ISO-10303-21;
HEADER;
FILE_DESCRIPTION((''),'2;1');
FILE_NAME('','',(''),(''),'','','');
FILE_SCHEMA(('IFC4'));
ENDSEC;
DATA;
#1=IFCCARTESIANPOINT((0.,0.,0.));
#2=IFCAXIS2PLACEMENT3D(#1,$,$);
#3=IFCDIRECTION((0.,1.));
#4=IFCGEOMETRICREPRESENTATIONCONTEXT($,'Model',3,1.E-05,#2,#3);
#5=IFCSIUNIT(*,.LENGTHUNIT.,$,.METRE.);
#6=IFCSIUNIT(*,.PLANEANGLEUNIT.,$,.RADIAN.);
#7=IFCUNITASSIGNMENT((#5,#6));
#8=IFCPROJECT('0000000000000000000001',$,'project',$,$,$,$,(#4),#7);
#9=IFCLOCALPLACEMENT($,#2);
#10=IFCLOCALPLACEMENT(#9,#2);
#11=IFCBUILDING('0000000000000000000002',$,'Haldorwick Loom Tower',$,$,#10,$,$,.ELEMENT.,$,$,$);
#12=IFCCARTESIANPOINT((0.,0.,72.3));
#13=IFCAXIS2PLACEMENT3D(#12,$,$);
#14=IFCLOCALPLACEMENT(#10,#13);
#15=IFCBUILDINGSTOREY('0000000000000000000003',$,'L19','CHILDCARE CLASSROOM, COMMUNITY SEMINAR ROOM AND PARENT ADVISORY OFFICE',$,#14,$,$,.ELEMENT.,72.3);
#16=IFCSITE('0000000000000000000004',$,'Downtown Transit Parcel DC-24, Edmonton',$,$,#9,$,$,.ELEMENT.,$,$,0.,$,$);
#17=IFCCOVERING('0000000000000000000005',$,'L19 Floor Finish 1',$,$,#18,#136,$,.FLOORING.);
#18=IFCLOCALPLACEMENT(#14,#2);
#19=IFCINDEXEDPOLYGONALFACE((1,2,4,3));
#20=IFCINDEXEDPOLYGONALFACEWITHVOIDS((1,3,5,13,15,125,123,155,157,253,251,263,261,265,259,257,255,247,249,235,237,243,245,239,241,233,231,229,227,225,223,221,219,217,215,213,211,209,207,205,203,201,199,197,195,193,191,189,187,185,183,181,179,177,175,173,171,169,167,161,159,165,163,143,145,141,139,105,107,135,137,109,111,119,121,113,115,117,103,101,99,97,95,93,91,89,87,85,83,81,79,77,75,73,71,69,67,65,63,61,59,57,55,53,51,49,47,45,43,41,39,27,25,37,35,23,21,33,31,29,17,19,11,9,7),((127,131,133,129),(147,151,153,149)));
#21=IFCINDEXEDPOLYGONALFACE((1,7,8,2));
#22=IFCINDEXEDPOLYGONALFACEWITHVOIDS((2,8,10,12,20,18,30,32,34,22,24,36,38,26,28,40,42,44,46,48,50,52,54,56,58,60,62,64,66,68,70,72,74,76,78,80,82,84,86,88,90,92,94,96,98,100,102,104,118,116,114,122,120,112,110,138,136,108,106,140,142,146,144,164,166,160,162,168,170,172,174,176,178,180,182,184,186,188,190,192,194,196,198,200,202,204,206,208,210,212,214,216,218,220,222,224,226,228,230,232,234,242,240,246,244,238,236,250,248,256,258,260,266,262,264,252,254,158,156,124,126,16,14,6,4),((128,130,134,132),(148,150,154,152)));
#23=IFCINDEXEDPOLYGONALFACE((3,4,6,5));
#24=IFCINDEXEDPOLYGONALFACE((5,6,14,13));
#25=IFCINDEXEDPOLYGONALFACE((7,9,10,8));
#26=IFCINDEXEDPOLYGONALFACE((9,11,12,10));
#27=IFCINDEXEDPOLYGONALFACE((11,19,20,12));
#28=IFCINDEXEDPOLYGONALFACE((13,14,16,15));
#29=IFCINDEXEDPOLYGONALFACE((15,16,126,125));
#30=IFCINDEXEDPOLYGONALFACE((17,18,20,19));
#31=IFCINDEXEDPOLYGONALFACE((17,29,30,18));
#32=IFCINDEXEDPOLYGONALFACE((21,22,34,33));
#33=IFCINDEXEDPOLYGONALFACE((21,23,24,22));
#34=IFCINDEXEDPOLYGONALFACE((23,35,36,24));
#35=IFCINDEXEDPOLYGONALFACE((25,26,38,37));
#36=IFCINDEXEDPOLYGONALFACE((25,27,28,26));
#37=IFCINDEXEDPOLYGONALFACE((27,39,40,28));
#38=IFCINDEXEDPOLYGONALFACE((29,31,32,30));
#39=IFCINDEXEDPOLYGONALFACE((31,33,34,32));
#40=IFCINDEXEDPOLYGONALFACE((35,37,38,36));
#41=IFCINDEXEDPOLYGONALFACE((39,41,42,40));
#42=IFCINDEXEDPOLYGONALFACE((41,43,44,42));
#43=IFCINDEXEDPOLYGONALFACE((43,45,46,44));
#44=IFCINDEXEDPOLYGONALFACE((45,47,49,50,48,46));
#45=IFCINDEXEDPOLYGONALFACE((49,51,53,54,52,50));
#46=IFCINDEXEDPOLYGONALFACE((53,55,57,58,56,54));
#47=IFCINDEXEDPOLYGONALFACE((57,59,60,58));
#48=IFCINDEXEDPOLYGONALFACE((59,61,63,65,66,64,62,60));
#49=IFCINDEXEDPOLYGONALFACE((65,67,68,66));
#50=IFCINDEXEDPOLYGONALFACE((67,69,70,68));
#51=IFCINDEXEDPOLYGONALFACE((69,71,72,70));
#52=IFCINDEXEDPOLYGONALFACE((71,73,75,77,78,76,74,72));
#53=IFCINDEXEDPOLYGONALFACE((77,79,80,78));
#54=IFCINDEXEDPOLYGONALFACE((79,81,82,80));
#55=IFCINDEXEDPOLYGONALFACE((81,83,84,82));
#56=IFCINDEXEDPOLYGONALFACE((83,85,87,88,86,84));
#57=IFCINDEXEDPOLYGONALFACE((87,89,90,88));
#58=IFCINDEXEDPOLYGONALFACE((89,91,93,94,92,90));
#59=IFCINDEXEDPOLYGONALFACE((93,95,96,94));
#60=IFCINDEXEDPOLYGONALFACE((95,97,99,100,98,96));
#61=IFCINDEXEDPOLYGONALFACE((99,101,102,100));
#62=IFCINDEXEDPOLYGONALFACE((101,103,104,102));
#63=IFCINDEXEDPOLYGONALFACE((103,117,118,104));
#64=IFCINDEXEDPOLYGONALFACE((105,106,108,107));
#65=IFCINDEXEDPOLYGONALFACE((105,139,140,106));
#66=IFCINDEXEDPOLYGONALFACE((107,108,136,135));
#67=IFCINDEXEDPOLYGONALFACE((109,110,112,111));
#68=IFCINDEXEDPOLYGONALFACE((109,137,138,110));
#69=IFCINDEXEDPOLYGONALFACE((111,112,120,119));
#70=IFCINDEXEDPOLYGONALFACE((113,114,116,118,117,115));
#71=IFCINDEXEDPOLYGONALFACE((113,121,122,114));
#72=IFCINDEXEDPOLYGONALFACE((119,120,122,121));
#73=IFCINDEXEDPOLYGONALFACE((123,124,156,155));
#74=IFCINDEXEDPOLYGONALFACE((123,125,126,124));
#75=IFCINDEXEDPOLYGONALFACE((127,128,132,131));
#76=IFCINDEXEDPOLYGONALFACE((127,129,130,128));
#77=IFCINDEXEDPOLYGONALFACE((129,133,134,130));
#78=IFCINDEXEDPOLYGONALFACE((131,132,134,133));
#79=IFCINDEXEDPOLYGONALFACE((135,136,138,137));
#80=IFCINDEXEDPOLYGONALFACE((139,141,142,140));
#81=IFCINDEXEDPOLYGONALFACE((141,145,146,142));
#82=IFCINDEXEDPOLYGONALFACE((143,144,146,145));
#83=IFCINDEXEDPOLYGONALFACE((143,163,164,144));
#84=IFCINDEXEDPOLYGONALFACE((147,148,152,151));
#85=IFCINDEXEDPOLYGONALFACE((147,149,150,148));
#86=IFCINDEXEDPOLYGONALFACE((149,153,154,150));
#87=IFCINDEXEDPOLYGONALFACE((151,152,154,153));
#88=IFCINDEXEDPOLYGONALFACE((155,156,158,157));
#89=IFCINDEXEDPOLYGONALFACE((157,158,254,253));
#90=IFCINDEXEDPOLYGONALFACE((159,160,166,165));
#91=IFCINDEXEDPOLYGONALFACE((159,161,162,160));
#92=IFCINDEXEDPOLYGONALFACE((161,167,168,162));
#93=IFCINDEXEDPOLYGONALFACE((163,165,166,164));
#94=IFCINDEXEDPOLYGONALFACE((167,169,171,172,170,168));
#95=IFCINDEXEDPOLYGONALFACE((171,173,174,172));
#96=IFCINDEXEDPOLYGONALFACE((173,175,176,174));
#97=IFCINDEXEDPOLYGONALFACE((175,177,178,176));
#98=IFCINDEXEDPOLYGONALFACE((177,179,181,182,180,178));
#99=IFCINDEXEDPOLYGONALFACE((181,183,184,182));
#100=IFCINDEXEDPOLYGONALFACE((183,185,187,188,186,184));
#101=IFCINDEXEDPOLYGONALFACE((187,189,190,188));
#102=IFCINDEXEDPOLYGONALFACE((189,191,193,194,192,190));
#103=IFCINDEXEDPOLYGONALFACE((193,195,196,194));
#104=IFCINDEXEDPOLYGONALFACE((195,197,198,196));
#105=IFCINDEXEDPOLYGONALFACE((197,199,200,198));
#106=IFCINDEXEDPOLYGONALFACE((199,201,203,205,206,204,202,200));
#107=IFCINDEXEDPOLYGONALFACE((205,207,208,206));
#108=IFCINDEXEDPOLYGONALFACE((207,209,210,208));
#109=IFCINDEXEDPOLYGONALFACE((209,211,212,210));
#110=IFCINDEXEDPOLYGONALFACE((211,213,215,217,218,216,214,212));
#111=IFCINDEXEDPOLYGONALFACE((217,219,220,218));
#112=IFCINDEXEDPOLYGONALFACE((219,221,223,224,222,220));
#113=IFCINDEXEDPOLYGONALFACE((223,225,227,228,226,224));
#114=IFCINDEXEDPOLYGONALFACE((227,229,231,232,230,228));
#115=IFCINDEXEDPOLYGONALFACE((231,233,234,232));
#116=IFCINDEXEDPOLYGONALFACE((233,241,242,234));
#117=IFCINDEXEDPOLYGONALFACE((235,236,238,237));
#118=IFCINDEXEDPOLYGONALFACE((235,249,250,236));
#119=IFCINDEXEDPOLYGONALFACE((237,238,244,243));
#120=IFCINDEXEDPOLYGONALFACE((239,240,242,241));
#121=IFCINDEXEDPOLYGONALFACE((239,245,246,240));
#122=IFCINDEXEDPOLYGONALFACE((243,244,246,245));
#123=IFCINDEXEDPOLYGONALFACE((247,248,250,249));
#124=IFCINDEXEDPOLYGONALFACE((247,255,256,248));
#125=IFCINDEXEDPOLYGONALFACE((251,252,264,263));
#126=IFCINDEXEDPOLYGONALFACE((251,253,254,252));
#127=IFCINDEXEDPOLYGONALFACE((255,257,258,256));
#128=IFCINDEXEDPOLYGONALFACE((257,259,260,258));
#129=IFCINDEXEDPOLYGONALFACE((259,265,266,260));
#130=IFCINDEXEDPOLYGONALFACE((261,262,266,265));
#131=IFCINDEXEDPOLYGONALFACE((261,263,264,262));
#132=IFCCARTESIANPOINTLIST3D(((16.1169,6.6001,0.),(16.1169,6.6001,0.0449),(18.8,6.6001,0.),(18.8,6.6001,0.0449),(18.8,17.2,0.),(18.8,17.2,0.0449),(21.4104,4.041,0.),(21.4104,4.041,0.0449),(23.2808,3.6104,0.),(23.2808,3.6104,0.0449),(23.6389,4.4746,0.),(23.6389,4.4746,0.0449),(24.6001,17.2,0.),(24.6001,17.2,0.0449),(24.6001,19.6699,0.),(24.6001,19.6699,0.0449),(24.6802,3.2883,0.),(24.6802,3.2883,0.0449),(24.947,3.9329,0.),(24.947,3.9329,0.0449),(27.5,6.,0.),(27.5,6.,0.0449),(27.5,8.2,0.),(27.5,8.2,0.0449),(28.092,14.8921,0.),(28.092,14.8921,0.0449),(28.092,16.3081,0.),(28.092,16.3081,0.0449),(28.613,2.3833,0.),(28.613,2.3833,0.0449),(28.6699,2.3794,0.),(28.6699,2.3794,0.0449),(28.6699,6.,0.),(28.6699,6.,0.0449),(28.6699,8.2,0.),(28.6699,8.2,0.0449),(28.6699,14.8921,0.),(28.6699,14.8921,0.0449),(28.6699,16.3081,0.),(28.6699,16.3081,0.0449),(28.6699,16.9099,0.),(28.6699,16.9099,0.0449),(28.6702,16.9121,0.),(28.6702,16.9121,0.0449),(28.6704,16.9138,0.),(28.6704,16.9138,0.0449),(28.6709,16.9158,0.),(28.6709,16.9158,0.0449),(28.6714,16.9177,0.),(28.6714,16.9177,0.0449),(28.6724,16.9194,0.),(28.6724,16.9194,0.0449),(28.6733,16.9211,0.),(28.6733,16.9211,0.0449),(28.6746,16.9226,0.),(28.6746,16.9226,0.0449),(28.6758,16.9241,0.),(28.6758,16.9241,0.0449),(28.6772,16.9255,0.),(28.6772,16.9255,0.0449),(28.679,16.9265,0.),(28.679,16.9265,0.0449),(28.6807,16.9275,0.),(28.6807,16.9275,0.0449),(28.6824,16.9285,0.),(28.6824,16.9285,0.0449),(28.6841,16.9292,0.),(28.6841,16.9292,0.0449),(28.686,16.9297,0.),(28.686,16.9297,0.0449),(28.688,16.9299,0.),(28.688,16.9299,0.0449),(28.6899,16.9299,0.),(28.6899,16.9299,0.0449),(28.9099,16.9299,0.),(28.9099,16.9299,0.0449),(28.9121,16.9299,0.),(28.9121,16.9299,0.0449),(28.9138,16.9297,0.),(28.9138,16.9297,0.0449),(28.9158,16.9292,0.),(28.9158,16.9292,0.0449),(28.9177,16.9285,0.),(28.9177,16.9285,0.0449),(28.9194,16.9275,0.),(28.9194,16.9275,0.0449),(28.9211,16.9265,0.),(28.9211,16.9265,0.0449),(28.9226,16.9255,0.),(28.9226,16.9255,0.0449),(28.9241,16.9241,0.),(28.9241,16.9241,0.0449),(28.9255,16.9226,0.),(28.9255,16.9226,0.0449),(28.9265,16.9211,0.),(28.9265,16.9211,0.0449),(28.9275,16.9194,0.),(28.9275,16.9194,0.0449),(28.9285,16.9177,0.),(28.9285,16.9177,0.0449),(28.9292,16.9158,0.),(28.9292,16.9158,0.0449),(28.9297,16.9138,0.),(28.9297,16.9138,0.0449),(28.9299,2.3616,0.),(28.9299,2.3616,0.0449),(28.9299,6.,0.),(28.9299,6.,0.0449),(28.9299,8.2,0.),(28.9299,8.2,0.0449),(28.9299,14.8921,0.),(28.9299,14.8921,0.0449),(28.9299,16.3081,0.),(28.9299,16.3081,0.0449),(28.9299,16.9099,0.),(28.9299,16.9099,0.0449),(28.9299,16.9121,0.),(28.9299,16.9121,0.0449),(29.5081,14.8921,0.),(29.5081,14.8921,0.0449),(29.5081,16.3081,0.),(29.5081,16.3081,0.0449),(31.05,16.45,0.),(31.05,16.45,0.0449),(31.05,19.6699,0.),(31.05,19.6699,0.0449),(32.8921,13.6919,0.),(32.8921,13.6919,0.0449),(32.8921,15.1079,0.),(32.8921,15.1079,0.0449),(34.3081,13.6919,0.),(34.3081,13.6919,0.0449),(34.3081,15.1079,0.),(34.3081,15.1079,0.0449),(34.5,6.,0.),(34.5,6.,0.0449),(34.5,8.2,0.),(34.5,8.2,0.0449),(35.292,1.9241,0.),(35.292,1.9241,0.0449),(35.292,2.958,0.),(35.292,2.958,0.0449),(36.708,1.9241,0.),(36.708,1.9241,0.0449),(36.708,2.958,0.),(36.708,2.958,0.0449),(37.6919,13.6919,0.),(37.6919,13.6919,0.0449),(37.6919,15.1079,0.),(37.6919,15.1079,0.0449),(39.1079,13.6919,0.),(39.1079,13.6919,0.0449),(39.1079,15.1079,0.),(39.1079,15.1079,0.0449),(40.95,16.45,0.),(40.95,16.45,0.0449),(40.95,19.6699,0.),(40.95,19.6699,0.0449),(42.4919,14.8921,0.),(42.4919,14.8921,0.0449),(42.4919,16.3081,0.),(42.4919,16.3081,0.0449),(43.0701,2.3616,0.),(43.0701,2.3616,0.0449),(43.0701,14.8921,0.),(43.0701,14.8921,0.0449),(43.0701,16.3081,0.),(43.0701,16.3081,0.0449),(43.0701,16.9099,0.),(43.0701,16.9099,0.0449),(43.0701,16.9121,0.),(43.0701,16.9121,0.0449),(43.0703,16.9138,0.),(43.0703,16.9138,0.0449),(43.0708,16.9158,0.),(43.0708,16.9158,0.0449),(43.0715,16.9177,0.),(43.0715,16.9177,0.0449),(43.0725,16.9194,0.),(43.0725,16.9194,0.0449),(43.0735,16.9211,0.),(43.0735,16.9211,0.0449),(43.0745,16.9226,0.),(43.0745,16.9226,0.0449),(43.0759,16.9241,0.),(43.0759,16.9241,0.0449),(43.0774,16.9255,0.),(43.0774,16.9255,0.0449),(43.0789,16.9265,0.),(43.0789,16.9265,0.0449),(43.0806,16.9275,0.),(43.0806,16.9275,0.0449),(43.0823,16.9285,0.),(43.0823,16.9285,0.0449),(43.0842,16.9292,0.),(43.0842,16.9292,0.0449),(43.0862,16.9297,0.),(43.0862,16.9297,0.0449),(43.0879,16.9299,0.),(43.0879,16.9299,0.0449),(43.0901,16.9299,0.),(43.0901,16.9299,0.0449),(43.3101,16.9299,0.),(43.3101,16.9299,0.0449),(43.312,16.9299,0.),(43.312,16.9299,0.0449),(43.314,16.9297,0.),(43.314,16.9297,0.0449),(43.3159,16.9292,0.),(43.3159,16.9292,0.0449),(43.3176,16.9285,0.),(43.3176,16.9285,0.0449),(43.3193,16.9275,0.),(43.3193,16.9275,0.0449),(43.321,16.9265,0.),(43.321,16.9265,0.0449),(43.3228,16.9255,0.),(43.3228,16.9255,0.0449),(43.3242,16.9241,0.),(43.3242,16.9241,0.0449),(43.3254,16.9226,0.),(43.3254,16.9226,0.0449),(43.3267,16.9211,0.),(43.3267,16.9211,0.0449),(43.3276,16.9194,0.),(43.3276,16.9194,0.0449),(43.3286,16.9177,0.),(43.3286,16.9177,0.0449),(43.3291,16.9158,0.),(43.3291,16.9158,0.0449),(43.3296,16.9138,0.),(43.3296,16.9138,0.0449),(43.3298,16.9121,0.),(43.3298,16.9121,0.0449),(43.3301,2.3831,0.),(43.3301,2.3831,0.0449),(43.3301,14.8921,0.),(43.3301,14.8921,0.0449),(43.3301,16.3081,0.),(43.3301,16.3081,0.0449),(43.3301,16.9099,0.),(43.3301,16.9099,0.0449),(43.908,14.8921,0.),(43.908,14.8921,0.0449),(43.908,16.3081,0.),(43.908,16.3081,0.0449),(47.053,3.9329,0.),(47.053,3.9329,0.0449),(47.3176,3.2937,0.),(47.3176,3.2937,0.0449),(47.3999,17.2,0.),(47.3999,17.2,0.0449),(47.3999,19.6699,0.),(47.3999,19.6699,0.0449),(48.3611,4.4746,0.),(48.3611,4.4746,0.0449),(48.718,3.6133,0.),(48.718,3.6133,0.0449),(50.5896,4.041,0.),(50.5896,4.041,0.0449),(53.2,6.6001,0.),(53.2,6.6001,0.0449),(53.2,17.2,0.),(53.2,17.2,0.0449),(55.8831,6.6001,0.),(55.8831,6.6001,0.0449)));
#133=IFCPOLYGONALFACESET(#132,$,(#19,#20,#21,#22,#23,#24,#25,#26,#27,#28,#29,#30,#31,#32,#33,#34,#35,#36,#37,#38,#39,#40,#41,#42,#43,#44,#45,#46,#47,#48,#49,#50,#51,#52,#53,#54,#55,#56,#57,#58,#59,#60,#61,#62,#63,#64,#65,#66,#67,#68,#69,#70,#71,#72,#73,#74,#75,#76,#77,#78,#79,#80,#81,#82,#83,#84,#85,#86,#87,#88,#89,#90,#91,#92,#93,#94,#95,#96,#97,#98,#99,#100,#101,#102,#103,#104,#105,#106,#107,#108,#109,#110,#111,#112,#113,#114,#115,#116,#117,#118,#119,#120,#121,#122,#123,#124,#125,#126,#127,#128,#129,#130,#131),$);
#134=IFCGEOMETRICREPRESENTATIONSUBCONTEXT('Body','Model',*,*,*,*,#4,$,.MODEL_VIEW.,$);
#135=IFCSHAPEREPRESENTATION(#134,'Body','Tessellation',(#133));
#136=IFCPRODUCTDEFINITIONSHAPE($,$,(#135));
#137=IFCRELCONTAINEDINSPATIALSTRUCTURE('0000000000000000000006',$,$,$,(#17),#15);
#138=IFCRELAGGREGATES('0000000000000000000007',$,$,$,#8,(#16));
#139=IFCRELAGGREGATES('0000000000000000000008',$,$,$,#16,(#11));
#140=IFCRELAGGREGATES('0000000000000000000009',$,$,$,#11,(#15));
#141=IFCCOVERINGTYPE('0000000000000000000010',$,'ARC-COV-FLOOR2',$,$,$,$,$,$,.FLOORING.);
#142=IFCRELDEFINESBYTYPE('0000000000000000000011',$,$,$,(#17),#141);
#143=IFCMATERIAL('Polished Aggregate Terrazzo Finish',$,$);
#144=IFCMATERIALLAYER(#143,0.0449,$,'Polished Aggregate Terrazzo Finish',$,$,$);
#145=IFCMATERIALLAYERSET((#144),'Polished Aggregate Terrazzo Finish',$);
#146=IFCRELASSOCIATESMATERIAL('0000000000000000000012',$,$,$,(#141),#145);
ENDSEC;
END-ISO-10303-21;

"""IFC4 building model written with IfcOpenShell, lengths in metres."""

from ifc_helpers import new_model, si_unit, direction, frame, origin, place, context, subcontext, project, spatial, polyline, outline, extrude, material, layer, layer_set, type_object, element, save


model = new_model("IFC4")

# Units and contexts
model_context = context("Model", 3, precision=1e-05, world=origin(), true_north=direction((0.0, 1.0)))
body_context = subcontext(model_context, "Body", "Model", "MODEL_VIEW")
ifc_project = project(units=[si_unit("LENGTHUNIT", "METRE"), si_unit("PLANEANGLEUNIT", "RADIAN")], contexts=[model_context])

# Site, building, storey
site_placement = place(None, origin())
site = spatial("IfcSite", under=ifc_project, at=site_placement, Name="Downtown Transit Parcel DC-24, Edmonton", CompositionType="ELEMENT", RefElevation=0.0)
building_placement = place(site_placement, origin())
building = spatial("IfcBuilding", under=site, at=building_placement, Name="Haldorwick Loom Tower", CompositionType="ELEMENT")
storey_placement = place(building_placement, frame((0.0, 0.0, 72.3)))
storey = spatial("IfcBuildingStorey", under=building, at=storey_placement, Name="L19", Description="CHILDCARE CLASSROOM, COMMUNITY SEMINAR ROOM AND PARENT ADVISORY OFFICE", CompositionType="ELEMENT", Elevation=72.3)

# Covering
ifc_material_1 = material(Name="Polished Aggregate Terrazzo Finish")
ifc_layer_1 = layer(ifc_material_1, 0.0449, Name="Polished Aggregate Terrazzo Finish")
ifc_layer_set_1 = layer_set([ifc_layer_1], Name="Polished Aggregate Terrazzo Finish")
covering_type_1 = type_object("IfcCoveringType", Name="ARC-COV-FLOOR2", PredefinedType="FLOORING", material=ifc_layer_set_1)
covering_1_placement = place(storey_placement, origin())
element("IfcCovering", 1, at=covering_1_placement, inside=storey, type_object=covering_type_1, Name="L19 Floor Finish 1", PredefinedType="FLOORING", context=body_context, shape_type="SweptSolid", body=[
    extrude(outline(polyline([(55.8831, 6.6001), (53.2, 6.6001), (53.2, 17.2), (47.3999, 17.2), (47.3999, 19.6699), (40.95, 19.6699), (40.95, 16.45), (31.05, 16.45), (31.05, 19.6699), (24.6001, 19.6699), (24.6001, 17.2), (18.8, 17.2), (18.8, 6.6001), (16.1169, 6.6001), (21.4104, 4.041), (23.2808, 3.6104), (23.6389, 4.4746), (24.947, 3.9329), (24.6802, 3.2883), (28.613, 2.3833), (28.6699, 2.3794), (28.6699, 6.0), (27.5, 6.0), (27.5, 8.2), (28.6699, 8.2), (28.6699, 14.8921), (28.092, 14.8921), (28.092, 16.3081), (28.6699, 16.3081), (28.6699, 16.9099), (28.6702, 16.9121), (28.6704, 16.9138), (28.6709, 16.9158), (28.6714, 16.9177), (28.6724, 16.9194), (28.6733, 16.9211), (28.6746, 16.9226), (28.6758, 16.9241), (28.6772, 16.9255), (28.679, 16.9265), (28.6807, 16.9275), (28.6824, 16.9285), (28.6841, 16.9292), (28.686, 16.9297), (28.688, 16.9299), (28.6899, 16.9299), (28.9099, 16.9299), (28.9121, 16.9299), (28.9138, 16.9297), (28.9158, 16.9292), (28.9177, 16.9285), (28.9194, 16.9275), (28.9211, 16.9265), (28.9226, 16.9255), (28.9241, 16.9241), (28.9255, 16.9226), (28.9265, 16.9211), (28.9275, 16.9194), (28.9285, 16.9177), (28.9292, 16.9158), (28.9297, 16.9138), (28.9299, 16.9121), (28.9299, 16.9099), (28.9299, 16.3081), (29.5081, 16.3081), (29.5081, 14.8921), (28.9299, 14.8921), (28.9299, 8.2), (34.5, 8.2), (34.5, 6.0), (28.9299, 6.0), (28.9299, 2.3616), (35.292, 1.9241), (35.292, 2.958), (36.708, 2.958), (36.708, 1.9241), (43.0701, 2.3616), (43.0701, 14.8921), (42.4919, 14.8921), (42.4919, 16.3081), (43.0701, 16.3081), (43.0701, 16.9099), (43.0701, 16.9121), (43.0703, 16.9138), (43.0708, 16.9158), (43.0715, 16.9177), (43.0725, 16.9194), (43.0735, 16.9211), (43.0745, 16.9226), (43.0759, 16.9241), (43.0774, 16.9255), (43.0789, 16.9265), (43.0806, 16.9275), (43.0823, 16.9285), (43.0842, 16.9292), (43.0862, 16.9297), (43.0879, 16.9299), (43.0901, 16.9299), (43.3101, 16.9299), (43.312, 16.9299), (43.314, 16.9297), (43.3159, 16.9292), (43.3176, 16.9285), (43.3193, 16.9275), (43.321, 16.9265), (43.3228, 16.9255), (43.3242, 16.9241), (43.3254, 16.9226), (43.3267, 16.9211), (43.3276, 16.9194), (43.3286, 16.9177), (43.3291, 16.9158), (43.3296, 16.9138), (43.3298, 16.9121), (43.3301, 16.9099), (43.3301, 16.3081), (43.908, 16.3081), (43.908, 14.8921), (43.3301, 14.8921), (43.3301, 2.3831), (47.3176, 3.2937), (47.053, 3.9329), (48.3611, 4.4746), (48.718, 3.6133), (50.5896, 4.041), (55.8831, 6.6001)]), holes=[polyline([(34.3081, 15.1079), (34.3081, 13.6919), (32.8921, 13.6919), (32.8921, 15.1079), (34.3081, 15.1079)]), polyline([(39.1079, 15.1079), (39.1079, 13.6919), (37.6919, 13.6919), (37.6919, 15.1079), (39.1079, 15.1079)])]), origin(), (0.0, 0.0, 1.0), 0.0449),
])

save(model, "model.ifc")
